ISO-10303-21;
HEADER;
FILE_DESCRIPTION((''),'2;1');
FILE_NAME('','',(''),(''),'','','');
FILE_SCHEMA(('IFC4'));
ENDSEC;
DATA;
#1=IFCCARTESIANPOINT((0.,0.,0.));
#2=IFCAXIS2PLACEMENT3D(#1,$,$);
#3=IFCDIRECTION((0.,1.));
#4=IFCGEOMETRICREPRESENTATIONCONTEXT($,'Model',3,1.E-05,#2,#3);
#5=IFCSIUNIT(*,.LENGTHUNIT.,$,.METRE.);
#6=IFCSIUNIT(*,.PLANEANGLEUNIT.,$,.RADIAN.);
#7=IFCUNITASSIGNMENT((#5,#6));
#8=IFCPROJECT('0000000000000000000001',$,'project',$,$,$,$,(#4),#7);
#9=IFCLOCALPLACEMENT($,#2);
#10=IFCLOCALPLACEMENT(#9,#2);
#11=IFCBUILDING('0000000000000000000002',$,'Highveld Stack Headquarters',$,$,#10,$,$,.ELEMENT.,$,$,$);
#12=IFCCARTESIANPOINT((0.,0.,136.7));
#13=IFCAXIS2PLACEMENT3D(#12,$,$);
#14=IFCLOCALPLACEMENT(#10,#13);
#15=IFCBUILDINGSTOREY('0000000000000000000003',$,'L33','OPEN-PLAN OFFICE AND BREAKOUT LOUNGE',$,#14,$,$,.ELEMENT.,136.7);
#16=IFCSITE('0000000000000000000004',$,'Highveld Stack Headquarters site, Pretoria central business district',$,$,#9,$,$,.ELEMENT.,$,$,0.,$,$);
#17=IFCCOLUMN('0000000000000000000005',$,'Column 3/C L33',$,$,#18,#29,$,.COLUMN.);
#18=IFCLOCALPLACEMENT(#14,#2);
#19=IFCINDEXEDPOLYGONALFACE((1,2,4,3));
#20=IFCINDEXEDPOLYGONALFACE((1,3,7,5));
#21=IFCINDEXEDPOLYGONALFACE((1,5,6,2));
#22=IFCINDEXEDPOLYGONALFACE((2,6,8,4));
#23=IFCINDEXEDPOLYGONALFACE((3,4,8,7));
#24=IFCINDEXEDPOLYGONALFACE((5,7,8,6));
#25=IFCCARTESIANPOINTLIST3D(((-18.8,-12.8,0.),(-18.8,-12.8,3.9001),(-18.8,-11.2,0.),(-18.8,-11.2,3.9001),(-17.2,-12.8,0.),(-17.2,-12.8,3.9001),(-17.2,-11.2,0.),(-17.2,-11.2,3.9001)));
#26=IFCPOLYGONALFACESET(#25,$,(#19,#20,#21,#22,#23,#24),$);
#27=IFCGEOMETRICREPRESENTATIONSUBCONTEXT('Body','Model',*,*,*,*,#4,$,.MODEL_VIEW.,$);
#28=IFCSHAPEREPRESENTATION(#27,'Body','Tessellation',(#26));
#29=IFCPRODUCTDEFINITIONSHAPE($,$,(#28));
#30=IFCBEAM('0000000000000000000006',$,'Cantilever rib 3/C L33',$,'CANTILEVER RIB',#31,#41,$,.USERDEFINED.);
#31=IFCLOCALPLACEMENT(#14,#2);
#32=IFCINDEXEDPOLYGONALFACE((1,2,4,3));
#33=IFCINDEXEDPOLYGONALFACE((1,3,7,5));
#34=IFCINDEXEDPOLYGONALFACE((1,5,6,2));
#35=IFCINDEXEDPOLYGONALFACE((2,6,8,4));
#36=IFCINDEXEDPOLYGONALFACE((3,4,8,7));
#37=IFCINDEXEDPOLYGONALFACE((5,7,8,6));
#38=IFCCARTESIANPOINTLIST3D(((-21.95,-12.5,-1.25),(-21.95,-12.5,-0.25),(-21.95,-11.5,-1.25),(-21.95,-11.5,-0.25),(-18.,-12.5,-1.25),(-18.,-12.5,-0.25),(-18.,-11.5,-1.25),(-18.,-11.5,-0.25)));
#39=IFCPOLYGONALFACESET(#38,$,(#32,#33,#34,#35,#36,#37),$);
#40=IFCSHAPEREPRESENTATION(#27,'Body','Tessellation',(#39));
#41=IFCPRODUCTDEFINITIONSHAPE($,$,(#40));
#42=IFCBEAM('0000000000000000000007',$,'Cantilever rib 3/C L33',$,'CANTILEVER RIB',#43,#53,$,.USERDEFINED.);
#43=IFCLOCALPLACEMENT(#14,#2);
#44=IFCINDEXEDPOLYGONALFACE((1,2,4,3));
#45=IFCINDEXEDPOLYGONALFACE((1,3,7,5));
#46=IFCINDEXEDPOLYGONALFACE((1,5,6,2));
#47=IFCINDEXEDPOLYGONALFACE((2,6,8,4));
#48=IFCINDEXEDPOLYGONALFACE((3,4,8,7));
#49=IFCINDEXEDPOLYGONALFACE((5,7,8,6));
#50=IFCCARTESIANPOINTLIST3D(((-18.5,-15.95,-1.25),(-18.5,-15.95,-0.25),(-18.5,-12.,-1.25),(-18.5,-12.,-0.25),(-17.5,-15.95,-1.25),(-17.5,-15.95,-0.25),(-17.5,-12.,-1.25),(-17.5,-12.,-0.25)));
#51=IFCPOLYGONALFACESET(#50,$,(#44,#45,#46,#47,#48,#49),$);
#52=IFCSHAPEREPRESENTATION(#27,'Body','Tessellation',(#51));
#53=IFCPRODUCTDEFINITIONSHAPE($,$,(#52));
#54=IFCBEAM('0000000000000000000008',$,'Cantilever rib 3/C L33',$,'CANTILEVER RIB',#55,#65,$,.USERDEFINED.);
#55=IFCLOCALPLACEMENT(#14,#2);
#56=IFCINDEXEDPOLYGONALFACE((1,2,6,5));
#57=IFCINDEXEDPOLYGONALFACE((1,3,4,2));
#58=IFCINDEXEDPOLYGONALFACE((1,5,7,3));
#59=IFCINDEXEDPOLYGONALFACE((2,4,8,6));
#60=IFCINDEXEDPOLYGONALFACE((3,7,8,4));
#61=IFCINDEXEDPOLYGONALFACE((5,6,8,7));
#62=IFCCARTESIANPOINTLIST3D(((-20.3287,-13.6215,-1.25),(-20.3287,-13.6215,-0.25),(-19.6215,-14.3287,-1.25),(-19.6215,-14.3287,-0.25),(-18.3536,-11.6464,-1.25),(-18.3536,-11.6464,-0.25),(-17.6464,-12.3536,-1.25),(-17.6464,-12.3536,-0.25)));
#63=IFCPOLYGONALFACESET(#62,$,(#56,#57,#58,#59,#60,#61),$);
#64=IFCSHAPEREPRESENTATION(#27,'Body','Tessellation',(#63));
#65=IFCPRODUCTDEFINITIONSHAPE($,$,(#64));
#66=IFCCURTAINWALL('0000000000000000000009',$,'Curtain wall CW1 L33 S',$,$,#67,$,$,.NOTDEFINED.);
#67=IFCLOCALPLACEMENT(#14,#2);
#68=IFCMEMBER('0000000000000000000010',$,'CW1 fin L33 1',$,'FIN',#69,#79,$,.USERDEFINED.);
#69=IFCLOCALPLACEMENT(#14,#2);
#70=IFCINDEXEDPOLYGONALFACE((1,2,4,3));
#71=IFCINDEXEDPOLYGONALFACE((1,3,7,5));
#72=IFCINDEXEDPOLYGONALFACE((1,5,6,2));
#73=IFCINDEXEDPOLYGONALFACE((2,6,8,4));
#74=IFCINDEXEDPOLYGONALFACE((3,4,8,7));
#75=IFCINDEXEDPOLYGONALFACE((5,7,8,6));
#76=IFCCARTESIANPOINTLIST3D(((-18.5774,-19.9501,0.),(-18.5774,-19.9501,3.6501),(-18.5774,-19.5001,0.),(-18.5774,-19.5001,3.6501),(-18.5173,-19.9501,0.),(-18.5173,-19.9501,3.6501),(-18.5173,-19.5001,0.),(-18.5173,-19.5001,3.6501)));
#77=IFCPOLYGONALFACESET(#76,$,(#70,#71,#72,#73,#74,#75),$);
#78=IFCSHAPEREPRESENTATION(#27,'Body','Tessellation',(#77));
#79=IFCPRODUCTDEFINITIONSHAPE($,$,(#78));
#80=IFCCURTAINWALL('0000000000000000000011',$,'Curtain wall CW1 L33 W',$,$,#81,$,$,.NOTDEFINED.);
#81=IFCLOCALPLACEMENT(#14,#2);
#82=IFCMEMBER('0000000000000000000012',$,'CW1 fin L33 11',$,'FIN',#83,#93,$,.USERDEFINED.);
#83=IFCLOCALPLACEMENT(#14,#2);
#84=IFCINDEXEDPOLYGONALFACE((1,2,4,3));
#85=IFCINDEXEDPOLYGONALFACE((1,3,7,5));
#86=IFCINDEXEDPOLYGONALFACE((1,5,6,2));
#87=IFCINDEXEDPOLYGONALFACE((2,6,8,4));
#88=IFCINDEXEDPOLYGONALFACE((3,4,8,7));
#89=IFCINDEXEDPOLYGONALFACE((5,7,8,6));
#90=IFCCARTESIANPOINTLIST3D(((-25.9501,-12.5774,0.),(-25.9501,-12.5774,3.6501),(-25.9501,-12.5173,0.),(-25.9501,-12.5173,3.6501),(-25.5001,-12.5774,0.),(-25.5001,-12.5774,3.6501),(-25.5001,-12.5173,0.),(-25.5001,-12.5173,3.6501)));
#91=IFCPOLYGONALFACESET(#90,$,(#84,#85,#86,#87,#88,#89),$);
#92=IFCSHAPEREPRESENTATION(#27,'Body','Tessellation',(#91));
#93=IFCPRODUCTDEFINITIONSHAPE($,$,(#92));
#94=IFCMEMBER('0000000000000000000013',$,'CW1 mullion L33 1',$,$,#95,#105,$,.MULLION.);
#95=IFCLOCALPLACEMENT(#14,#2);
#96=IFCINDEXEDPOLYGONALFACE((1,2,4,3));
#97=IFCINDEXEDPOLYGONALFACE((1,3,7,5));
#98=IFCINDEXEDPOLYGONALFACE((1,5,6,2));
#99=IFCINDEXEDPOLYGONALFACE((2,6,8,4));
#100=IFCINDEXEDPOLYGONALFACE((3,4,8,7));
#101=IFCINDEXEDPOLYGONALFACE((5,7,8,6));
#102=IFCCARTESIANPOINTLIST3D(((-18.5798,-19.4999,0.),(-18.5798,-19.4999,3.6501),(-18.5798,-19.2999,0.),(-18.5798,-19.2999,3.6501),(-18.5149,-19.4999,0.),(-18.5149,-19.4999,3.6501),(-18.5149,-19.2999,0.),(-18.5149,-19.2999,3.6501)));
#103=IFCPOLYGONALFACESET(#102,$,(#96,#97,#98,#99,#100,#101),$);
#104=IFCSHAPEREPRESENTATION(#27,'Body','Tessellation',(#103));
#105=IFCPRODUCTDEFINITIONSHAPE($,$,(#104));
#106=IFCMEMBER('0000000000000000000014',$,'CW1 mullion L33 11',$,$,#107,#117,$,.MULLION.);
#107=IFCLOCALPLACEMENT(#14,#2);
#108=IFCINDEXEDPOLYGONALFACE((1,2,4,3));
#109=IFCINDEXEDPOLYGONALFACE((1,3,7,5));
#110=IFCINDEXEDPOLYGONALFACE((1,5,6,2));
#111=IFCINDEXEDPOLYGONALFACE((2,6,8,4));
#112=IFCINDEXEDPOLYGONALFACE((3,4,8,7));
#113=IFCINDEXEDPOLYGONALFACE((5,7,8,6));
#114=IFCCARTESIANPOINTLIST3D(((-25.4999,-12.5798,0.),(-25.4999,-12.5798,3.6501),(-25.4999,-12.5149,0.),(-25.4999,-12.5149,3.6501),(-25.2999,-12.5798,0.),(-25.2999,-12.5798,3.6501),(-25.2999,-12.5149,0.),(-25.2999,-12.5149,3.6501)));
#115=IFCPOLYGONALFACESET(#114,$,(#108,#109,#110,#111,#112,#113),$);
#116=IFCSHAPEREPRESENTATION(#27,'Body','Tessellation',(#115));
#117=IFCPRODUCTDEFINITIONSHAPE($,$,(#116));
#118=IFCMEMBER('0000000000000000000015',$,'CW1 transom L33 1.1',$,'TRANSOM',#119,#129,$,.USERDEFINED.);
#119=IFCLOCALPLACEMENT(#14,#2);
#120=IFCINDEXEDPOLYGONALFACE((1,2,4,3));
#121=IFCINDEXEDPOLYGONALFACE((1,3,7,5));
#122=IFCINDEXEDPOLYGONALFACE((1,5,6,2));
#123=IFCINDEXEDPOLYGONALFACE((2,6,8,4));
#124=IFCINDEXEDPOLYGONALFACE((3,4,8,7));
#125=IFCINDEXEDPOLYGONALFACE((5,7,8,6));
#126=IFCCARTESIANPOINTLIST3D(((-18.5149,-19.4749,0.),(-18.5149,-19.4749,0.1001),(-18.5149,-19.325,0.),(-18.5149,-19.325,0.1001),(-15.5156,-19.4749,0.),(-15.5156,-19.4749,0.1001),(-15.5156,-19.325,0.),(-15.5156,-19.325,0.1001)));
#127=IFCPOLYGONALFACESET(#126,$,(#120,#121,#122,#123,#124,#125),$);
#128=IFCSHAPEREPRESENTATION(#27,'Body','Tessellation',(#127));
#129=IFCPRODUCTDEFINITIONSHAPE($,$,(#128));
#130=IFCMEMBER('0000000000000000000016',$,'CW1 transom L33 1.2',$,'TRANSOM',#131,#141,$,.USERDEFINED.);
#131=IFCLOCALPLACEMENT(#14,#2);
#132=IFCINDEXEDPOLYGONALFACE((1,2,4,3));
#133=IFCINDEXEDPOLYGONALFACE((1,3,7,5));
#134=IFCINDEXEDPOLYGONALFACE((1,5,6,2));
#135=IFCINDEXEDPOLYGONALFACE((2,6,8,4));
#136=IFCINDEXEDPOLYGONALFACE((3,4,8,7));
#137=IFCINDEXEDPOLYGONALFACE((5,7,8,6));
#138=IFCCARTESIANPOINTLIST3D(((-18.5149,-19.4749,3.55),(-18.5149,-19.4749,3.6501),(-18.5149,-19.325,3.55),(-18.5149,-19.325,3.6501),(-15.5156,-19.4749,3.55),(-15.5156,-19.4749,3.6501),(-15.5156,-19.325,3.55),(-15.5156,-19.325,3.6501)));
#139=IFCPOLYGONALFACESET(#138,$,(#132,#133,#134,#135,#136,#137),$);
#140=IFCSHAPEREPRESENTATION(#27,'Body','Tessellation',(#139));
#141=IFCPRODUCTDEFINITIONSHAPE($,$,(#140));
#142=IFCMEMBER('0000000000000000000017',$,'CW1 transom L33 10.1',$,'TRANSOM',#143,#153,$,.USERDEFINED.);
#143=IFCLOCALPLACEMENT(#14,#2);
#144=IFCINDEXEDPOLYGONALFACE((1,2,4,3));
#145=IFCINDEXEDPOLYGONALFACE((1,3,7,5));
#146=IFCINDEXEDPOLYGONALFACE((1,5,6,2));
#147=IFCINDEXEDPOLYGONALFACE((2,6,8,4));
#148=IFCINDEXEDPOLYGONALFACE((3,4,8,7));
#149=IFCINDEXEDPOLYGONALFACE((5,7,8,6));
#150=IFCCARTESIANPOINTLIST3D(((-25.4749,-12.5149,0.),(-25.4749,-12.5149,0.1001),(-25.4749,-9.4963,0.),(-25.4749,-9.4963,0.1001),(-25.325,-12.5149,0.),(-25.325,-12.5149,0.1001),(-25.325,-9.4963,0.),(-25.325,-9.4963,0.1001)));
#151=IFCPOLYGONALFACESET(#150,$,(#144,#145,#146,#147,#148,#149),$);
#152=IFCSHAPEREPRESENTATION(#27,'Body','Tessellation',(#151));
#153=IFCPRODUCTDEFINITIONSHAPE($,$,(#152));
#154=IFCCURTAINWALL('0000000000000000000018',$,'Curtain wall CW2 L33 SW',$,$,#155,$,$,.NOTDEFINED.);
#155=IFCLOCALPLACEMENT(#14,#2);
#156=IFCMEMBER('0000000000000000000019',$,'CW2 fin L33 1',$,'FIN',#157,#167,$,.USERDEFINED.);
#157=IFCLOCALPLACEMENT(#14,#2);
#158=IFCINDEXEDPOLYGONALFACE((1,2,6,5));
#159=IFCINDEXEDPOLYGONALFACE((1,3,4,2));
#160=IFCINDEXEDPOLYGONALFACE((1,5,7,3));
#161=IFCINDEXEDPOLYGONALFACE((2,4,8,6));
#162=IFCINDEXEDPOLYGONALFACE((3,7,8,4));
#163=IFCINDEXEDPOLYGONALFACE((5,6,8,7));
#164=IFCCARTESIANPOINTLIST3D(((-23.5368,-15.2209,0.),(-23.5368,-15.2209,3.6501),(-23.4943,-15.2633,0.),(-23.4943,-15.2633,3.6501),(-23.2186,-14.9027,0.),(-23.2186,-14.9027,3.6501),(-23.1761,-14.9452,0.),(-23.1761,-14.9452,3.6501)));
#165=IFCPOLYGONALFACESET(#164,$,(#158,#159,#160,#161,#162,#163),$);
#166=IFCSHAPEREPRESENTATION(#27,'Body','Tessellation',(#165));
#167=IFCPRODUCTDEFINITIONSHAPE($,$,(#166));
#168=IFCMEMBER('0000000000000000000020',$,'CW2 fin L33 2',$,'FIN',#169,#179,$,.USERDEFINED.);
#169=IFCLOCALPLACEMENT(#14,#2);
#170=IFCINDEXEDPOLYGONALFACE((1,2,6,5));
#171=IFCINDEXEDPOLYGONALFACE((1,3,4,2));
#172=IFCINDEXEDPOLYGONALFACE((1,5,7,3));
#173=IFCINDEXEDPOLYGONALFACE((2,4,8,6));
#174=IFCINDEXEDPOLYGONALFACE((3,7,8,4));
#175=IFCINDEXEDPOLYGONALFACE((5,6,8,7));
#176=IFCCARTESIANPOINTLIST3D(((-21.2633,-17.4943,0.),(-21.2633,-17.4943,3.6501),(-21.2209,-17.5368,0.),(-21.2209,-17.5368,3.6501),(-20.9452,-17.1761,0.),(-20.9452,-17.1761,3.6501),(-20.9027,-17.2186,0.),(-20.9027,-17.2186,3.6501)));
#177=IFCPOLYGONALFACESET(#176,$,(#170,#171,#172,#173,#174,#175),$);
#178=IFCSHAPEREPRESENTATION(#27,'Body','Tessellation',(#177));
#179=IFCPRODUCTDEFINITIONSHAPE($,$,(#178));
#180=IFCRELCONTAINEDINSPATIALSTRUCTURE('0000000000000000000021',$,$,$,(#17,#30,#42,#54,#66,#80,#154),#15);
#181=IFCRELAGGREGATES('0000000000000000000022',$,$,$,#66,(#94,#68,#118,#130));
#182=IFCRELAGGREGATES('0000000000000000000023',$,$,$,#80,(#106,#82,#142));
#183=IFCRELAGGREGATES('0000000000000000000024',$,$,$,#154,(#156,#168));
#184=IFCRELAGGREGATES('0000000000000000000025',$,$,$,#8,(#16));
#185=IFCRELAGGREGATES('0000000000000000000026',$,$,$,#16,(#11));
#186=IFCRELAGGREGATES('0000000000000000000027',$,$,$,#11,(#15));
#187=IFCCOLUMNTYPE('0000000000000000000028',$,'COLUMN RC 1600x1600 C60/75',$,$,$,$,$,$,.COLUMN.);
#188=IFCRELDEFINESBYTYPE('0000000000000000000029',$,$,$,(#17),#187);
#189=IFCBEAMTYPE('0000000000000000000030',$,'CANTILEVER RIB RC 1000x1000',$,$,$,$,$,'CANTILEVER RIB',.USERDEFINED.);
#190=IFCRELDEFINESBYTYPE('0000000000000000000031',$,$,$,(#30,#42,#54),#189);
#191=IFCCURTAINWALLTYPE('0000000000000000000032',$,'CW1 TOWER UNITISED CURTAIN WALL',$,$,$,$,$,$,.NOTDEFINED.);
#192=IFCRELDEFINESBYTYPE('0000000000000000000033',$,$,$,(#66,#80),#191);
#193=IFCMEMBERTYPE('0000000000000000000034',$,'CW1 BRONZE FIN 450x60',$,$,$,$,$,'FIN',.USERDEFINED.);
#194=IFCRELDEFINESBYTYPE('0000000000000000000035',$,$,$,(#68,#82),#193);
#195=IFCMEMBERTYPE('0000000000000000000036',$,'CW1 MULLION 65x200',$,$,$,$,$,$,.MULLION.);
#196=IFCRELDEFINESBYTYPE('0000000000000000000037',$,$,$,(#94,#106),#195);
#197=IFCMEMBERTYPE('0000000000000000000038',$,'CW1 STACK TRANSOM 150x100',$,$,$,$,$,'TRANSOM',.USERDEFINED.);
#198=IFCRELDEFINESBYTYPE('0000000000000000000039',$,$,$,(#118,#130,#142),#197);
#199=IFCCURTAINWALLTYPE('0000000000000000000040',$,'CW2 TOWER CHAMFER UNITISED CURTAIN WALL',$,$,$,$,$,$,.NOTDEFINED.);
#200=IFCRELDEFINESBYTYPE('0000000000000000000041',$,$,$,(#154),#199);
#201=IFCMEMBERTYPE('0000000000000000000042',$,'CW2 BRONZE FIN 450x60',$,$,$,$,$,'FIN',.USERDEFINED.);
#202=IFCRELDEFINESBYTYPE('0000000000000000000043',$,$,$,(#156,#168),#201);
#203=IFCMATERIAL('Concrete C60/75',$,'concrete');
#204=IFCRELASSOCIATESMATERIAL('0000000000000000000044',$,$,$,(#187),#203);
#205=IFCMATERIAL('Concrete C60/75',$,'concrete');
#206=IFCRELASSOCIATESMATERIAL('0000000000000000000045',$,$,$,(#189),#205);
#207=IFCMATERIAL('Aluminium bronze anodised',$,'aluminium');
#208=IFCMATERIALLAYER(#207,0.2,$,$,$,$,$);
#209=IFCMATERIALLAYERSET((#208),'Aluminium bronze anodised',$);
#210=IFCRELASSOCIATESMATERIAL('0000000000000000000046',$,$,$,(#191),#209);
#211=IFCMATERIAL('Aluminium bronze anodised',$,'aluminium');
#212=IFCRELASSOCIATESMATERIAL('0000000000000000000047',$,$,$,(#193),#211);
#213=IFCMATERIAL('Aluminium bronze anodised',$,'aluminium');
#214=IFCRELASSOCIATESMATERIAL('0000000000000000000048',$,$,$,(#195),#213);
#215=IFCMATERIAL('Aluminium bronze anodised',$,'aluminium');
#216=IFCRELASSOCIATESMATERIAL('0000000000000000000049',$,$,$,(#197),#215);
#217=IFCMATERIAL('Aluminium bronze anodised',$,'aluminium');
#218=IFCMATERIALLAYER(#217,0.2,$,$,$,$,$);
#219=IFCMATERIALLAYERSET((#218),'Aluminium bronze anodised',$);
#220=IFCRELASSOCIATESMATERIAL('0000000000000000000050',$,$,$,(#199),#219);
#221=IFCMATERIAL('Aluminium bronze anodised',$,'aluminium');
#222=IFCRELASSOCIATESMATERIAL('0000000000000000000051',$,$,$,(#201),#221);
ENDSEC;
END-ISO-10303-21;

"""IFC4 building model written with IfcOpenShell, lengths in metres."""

from ifc_helpers import new_model, si_unit, direction, frame, origin, origin_2d, place, context, subcontext, project, spatial, rectangle, extrude, material, layer, layer_set, material_profile, profile_set, type_object, element, aggregate, save


model = new_model("IFC4")

# Units and contexts
model_context = context("Model", 3, precision=1e-05, world=origin(), true_north=direction((0.0, 1.0)))
body_context = subcontext(model_context, "Body", "Model", "MODEL_VIEW")
ifc_project = project(units=[si_unit("LENGTHUNIT", "METRE"), si_unit("PLANEANGLEUNIT", "RADIAN")], contexts=[model_context])

# Site, building, storey
site_placement = place(None, origin())
site = spatial("IfcSite", under=ifc_project, at=site_placement, Name="Highveld Stack Headquarters site, Pretoria central business district", CompositionType="ELEMENT", RefElevation=0.0)
building_placement = place(site_placement, origin())
building = spatial("IfcBuilding", under=site, at=building_placement, Name="Highveld Stack Headquarters", CompositionType="ELEMENT")
storey_placement = place(building_placement, frame((0.0, 0.0, 136.7)))
storey = spatial("IfcBuildingStorey", under=building, at=storey_placement, Name="L33", Description="OPEN-PLAN OFFICE AND BREAKOUT LOUNGE", CompositionType="ELEMENT", Elevation=136.7)

# Column
ifc_material_1 = material(Name="Concrete C60/75", Category="concrete")
ifc_material_profile_1 = material_profile(ifc_material_1, rectangle(XDim=1.6001, YDim=1.6001, at=origin_2d()), Name="RC 1600x1600")
ifc_profile_set_1 = profile_set([ifc_material_profile_1], Name="Concrete C60/75")
column_type = type_object("IfcColumnType", Name="COLUMN RC 1600x1600 C60/75", PredefinedType="COLUMN", material=ifc_profile_set_1)
column_placement = place(storey_placement, frame((-18.0, -12.0, 0.0), z_axis=(0.0, 0.0, 1.0), x_axis=(1.0, 0.0, 0.0)))
element("IfcColumn", 1, at=column_placement, inside=storey, type_object=column_type, Name="Column 3/C L33", PredefinedType="COLUMN", context=body_context, shape_type="SweptSolid", body=[
    extrude(rectangle(XDim=1.6001, YDim=1.6001, at=origin_2d()), origin(), (0.0, 0.0, 1.0), 3.9001),
])

# Beams
ifc_material_2 = material(Name="Concrete C60/75", Category="concrete")
ifc_material_profile_2 = material_profile(ifc_material_2, rectangle(XDim=1.0, YDim=1.0, at=origin_2d()), Name="RC 1000x1000")
ifc_profile_set_2 = profile_set([ifc_material_profile_2], Name="Concrete C60/75")
beam_type_1 = type_object("IfcBeamType", Name="CANTILEVER RIB RC 1000x1000", ElementType="CANTILEVER RIB", PredefinedType="USERDEFINED", material=ifc_profile_set_2)
for number, where, z_axis, x_axis, name in (
    (2, (-18.0, -12.0, -0.75), (-1.0, 0.0, 0.0), (0.0, -1.0, 0.0), "Cantilever rib 3/C L33"),
    (3, (-18.0, -12.0, -0.75), (0.0, -1.0, 0.0), (1.0, 0.0, 0.0), "Cantilever rib 3/C L33"),
):
    element("IfcBeam", number, at=place(storey_placement, frame(where, z_axis=z_axis, x_axis=x_axis)), inside=storey, type_object=beam_type_1, Name=name, ObjectType="CANTILEVER RIB", PredefinedType="USERDEFINED", context=body_context, shape_type="SweptSolid", body=[
        extrude(rectangle(XDim=1.0, YDim=1.0, at=origin_2d()), origin(), (0.0, 0.0, 1.0), 3.95),
    ])
beam_1_placement = place(storey_placement, frame((-18.0, -12.0, -0.75), z_axis=(-0.707107, -0.707107, 0.0), x_axis=(0.707107, -0.707107, 0.0)))
element("IfcBeam", 4, at=beam_1_placement, inside=storey, type_object=beam_type_1, Name="Cantilever rib 3/C L33", ObjectType="CANTILEVER RIB", PredefinedType="USERDEFINED", context=body_context, shape_type="SweptSolid", body=[
    extrude(rectangle(XDim=1.0, YDim=1.0, at=origin_2d()), origin(), (0.0, 0.0, 1.0), 2.7932),
])

# Curtain walls, members
ifc_material_3 = material(Name="Aluminium bronze anodised", Category="aluminium")
ifc_layer_1 = layer(ifc_material_3, 0.2)
ifc_layer_set_1 = layer_set([ifc_layer_1], Name="Aluminium bronze anodised")
curtain_wall_type_1 = type_object("IfcCurtainWallType", Name="CW1 TOWER UNITISED CURTAIN WALL", PredefinedType="NOTDEFINED", material=ifc_layer_set_1)
curtain_wall_1_placement = place(storey_placement, origin())
curtain_wall_1 = element("IfcCurtainWall", 5, at=curtain_wall_1_placement, inside=storey, type_object=curtain_wall_type_1, Name="Curtain wall CW1 L33 S", PredefinedType="NOTDEFINED")
ifc_material_4 = material(Name="Aluminium bronze anodised", Category="aluminium")
ifc_material_profile_3 = material_profile(ifc_material_4, rectangle(XDim=0.45, YDim=0.0601, at=origin_2d()), Name="FIN 450x60")
ifc_profile_set_3 = profile_set([ifc_material_profile_3], Name="Aluminium bronze anodised")
member_type_1 = type_object("IfcMemberType", Name="CW1 BRONZE FIN 450x60", ElementType="FIN", PredefinedType="USERDEFINED", material=ifc_profile_set_3)
member_1_placement = place(storey_placement, frame((-18.5474, -19.7251, 0.0), z_axis=(0.0, 0.0, 1.0), x_axis=(0.0, 1.0, 0.0)))
member_1 = element("IfcMember", 6, at=member_1_placement, type_object=member_type_1, Name="CW1 fin L33 1", ObjectType="FIN", PredefinedType="USERDEFINED", context=body_context, shape_type="SweptSolid", body=[
    extrude(rectangle(XDim=0.45, YDim=0.0601, at=origin_2d()), origin(), (0.0, 0.0, 1.0), 3.6501),
])
curtain_wall_2_placement = place(storey_placement, origin())
curtain_wall_2 = element("IfcCurtainWall", 7, at=curtain_wall_2_placement, inside=storey, type_object=curtain_wall_type_1, Name="Curtain wall CW1 L33 W", PredefinedType="NOTDEFINED")
member_2_placement = place(storey_placement, frame((-25.7251, -12.5474, 0.0), z_axis=(0.0, 0.0, 1.0), x_axis=(1.0, 0.0, 0.0)))
member_2 = element("IfcMember", 8, at=member_2_placement, type_object=member_type_1, Name="CW1 fin L33 11", ObjectType="FIN", PredefinedType="USERDEFINED", context=body_context, shape_type="SweptSolid", body=[
    extrude(rectangle(XDim=0.45, YDim=0.0601, at=origin_2d()), origin(), (0.0, 0.0, 1.0), 3.6501),
])

# Members
ifc_material_5 = material(Name="Aluminium bronze anodised", Category="aluminium")
ifc_material_profile_4 = material_profile(ifc_material_5, rectangle(XDim=0.2, YDim=0.0649, at=origin_2d()), Name="CW1 MULLION 65x200")
ifc_profile_set_4 = profile_set([ifc_material_profile_4], Name="Aluminium bronze anodised")
member_type_2 = type_object("IfcMemberType", Name="CW1 MULLION 65x200", PredefinedType="MULLION", material=ifc_profile_set_4)
member_3_placement = place(storey_placement, frame((-18.5474, -19.3999, 0.0), z_axis=(0.0, 0.0, 1.0), x_axis=(0.0, 1.0, 0.0)))
member_3 = element("IfcMember", 9, at=member_3_placement, type_object=member_type_2, Name="CW1 mullion L33 1", PredefinedType="MULLION", context=body_context, shape_type="SweptSolid", body=[
    extrude(rectangle(XDim=0.2, YDim=0.0649, at=origin_2d()), origin(), (0.0, 0.0, 1.0), 3.6501),
])
member_4_placement = place(storey_placement, frame((-25.3999, -12.5474, 0.0), z_axis=(0.0, 0.0, 1.0), x_axis=(1.0, 0.0, 0.0)))
member_4 = element("IfcMember", 10, at=member_4_placement, type_object=member_type_2, Name="CW1 mullion L33 11", PredefinedType="MULLION", context=body_context, shape_type="SweptSolid", body=[
    extrude(rectangle(XDim=0.2, YDim=0.0649, at=origin_2d()), origin(), (0.0, 0.0, 1.0), 3.6501),
])
ifc_material_6 = material(Name="Aluminium bronze anodised", Category="aluminium")
ifc_material_profile_5 = material_profile(ifc_material_6, rectangle(XDim=0.1499, YDim=0.1001, at=origin_2d()), Name="CW1 TRANSOM 150x100")
ifc_profile_set_5 = profile_set([ifc_material_profile_5], Name="Aluminium bronze anodised")
member_type_3 = type_object("IfcMemberType", Name="CW1 STACK TRANSOM 150x100", ElementType="TRANSOM", PredefinedType="USERDEFINED", material=ifc_profile_set_5)
member_5_placement = place(storey_placement, frame((-18.5149, -19.3999, 0.05), z_axis=(1.0, 0.0, 0.0), x_axis=(0.0, 1.0, 0.0)))
member_5 = element("IfcMember", 11, at=member_5_placement, type_object=member_type_3, Name="CW1 transom L33 1.1", ObjectType="TRANSOM", PredefinedType="USERDEFINED", context=body_context, shape_type="SweptSolid", body=[
    extrude(rectangle(XDim=0.1499, YDim=0.1001, at=origin_2d()), origin(), (0.0, 0.0, 1.0), 2.9993),
])
member_6_placement = place(storey_placement, frame((-18.5149, -19.3999, 3.6001), z_axis=(1.0, 0.0, 0.0), x_axis=(0.0, 1.0, 0.0)))
member_6 = element("IfcMember", 12, at=member_6_placement, type_object=member_type_3, Name="CW1 transom L33 1.2", ObjectType="TRANSOM", PredefinedType="USERDEFINED", context=body_context, shape_type="SweptSolid", body=[
    extrude(rectangle(XDim=0.1499, YDim=0.1001, at=origin_2d()), origin(), (0.0, 0.0, 1.0), 2.9993),
])
aggregate(curtain_wall_1, [member_3, member_1, member_5, member_6])
member_7_placement = place(storey_placement, frame((-25.3999, -9.4963, 0.05), z_axis=(0.0, -1.0, 0.0), x_axis=(1.0, 0.0, 0.0)))
member_7 = element("IfcMember", 13, at=member_7_placement, type_object=member_type_3, Name="CW1 transom L33 10.1", ObjectType="TRANSOM", PredefinedType="USERDEFINED", context=body_context, shape_type="SweptSolid", body=[
    extrude(rectangle(XDim=0.1499, YDim=0.1001, at=origin_2d()), origin(), (0.0, 0.0, 1.0), 3.0186),
])

# Curtain wall, members
ifc_material_7 = material(Name="Aluminium bronze anodised", Category="aluminium")
ifc_layer_2 = layer(ifc_material_7, 0.2)
ifc_layer_set_2 = layer_set([ifc_layer_2], Name="Aluminium bronze anodised")
curtain_wall_type_2 = type_object("IfcCurtainWallType", Name="CW2 TOWER CHAMFER UNITISED CURTAIN WALL", PredefinedType="NOTDEFINED", material=ifc_layer_set_2)
curtain_wall_3_placement = place(storey_placement, origin())
curtain_wall_3 = element("IfcCurtainWall", 14, at=curtain_wall_3_placement, inside=storey, type_object=curtain_wall_type_2, Name="Curtain wall CW2 L33 SW", PredefinedType="NOTDEFINED")
ifc_material_8 = material(Name="Aluminium bronze anodised", Category="aluminium")
ifc_material_profile_6 = material_profile(ifc_material_8, rectangle(XDim=0.45, YDim=0.0601, at=origin_2d()), Name="FIN 450x60")
ifc_profile_set_6 = profile_set([ifc_material_profile_6], Name="Aluminium bronze anodised")
member_type_4 = type_object("IfcMemberType", Name="CW2 BRONZE FIN 450x60", ElementType="FIN", PredefinedType="USERDEFINED", material=ifc_profile_set_6)
member_8_placement = place(storey_placement, frame((-23.3564, -15.083, 0.0), z_axis=(0.0, 0.0, 1.0), x_axis=(0.707107, 0.707107, 0.0)))
member_8 = element("IfcMember", 15, at=member_8_placement, type_object=member_type_4, Name="CW2 fin L33 1", ObjectType="FIN", PredefinedType="USERDEFINED", context=body_context, shape_type="SweptSolid", body=[
    extrude(rectangle(XDim=0.45, YDim=0.0601, at=origin_2d()), origin(), (0.0, 0.0, 1.0), 3.6501),
])
member_9_placement = place(storey_placement, frame((-21.083, -17.3564, 0.0), z_axis=(0.0, 0.0, 1.0), x_axis=(0.707107, 0.707107, 0.0)))
member_9 = element("IfcMember", 16, at=member_9_placement, type_object=member_type_4, Name="CW2 fin L33 2", ObjectType="FIN", PredefinedType="USERDEFINED", context=body_context, shape_type="SweptSolid", body=[
    extrude(rectangle(XDim=0.45, YDim=0.0601, at=origin_2d()), origin(), (0.0, 0.0, 1.0), 3.6501),
])

aggregate(curtain_wall_2, [member_4, member_2, member_7])
aggregate(curtain_wall_3, [member_8, member_9])

save(model, "model.ifc")
